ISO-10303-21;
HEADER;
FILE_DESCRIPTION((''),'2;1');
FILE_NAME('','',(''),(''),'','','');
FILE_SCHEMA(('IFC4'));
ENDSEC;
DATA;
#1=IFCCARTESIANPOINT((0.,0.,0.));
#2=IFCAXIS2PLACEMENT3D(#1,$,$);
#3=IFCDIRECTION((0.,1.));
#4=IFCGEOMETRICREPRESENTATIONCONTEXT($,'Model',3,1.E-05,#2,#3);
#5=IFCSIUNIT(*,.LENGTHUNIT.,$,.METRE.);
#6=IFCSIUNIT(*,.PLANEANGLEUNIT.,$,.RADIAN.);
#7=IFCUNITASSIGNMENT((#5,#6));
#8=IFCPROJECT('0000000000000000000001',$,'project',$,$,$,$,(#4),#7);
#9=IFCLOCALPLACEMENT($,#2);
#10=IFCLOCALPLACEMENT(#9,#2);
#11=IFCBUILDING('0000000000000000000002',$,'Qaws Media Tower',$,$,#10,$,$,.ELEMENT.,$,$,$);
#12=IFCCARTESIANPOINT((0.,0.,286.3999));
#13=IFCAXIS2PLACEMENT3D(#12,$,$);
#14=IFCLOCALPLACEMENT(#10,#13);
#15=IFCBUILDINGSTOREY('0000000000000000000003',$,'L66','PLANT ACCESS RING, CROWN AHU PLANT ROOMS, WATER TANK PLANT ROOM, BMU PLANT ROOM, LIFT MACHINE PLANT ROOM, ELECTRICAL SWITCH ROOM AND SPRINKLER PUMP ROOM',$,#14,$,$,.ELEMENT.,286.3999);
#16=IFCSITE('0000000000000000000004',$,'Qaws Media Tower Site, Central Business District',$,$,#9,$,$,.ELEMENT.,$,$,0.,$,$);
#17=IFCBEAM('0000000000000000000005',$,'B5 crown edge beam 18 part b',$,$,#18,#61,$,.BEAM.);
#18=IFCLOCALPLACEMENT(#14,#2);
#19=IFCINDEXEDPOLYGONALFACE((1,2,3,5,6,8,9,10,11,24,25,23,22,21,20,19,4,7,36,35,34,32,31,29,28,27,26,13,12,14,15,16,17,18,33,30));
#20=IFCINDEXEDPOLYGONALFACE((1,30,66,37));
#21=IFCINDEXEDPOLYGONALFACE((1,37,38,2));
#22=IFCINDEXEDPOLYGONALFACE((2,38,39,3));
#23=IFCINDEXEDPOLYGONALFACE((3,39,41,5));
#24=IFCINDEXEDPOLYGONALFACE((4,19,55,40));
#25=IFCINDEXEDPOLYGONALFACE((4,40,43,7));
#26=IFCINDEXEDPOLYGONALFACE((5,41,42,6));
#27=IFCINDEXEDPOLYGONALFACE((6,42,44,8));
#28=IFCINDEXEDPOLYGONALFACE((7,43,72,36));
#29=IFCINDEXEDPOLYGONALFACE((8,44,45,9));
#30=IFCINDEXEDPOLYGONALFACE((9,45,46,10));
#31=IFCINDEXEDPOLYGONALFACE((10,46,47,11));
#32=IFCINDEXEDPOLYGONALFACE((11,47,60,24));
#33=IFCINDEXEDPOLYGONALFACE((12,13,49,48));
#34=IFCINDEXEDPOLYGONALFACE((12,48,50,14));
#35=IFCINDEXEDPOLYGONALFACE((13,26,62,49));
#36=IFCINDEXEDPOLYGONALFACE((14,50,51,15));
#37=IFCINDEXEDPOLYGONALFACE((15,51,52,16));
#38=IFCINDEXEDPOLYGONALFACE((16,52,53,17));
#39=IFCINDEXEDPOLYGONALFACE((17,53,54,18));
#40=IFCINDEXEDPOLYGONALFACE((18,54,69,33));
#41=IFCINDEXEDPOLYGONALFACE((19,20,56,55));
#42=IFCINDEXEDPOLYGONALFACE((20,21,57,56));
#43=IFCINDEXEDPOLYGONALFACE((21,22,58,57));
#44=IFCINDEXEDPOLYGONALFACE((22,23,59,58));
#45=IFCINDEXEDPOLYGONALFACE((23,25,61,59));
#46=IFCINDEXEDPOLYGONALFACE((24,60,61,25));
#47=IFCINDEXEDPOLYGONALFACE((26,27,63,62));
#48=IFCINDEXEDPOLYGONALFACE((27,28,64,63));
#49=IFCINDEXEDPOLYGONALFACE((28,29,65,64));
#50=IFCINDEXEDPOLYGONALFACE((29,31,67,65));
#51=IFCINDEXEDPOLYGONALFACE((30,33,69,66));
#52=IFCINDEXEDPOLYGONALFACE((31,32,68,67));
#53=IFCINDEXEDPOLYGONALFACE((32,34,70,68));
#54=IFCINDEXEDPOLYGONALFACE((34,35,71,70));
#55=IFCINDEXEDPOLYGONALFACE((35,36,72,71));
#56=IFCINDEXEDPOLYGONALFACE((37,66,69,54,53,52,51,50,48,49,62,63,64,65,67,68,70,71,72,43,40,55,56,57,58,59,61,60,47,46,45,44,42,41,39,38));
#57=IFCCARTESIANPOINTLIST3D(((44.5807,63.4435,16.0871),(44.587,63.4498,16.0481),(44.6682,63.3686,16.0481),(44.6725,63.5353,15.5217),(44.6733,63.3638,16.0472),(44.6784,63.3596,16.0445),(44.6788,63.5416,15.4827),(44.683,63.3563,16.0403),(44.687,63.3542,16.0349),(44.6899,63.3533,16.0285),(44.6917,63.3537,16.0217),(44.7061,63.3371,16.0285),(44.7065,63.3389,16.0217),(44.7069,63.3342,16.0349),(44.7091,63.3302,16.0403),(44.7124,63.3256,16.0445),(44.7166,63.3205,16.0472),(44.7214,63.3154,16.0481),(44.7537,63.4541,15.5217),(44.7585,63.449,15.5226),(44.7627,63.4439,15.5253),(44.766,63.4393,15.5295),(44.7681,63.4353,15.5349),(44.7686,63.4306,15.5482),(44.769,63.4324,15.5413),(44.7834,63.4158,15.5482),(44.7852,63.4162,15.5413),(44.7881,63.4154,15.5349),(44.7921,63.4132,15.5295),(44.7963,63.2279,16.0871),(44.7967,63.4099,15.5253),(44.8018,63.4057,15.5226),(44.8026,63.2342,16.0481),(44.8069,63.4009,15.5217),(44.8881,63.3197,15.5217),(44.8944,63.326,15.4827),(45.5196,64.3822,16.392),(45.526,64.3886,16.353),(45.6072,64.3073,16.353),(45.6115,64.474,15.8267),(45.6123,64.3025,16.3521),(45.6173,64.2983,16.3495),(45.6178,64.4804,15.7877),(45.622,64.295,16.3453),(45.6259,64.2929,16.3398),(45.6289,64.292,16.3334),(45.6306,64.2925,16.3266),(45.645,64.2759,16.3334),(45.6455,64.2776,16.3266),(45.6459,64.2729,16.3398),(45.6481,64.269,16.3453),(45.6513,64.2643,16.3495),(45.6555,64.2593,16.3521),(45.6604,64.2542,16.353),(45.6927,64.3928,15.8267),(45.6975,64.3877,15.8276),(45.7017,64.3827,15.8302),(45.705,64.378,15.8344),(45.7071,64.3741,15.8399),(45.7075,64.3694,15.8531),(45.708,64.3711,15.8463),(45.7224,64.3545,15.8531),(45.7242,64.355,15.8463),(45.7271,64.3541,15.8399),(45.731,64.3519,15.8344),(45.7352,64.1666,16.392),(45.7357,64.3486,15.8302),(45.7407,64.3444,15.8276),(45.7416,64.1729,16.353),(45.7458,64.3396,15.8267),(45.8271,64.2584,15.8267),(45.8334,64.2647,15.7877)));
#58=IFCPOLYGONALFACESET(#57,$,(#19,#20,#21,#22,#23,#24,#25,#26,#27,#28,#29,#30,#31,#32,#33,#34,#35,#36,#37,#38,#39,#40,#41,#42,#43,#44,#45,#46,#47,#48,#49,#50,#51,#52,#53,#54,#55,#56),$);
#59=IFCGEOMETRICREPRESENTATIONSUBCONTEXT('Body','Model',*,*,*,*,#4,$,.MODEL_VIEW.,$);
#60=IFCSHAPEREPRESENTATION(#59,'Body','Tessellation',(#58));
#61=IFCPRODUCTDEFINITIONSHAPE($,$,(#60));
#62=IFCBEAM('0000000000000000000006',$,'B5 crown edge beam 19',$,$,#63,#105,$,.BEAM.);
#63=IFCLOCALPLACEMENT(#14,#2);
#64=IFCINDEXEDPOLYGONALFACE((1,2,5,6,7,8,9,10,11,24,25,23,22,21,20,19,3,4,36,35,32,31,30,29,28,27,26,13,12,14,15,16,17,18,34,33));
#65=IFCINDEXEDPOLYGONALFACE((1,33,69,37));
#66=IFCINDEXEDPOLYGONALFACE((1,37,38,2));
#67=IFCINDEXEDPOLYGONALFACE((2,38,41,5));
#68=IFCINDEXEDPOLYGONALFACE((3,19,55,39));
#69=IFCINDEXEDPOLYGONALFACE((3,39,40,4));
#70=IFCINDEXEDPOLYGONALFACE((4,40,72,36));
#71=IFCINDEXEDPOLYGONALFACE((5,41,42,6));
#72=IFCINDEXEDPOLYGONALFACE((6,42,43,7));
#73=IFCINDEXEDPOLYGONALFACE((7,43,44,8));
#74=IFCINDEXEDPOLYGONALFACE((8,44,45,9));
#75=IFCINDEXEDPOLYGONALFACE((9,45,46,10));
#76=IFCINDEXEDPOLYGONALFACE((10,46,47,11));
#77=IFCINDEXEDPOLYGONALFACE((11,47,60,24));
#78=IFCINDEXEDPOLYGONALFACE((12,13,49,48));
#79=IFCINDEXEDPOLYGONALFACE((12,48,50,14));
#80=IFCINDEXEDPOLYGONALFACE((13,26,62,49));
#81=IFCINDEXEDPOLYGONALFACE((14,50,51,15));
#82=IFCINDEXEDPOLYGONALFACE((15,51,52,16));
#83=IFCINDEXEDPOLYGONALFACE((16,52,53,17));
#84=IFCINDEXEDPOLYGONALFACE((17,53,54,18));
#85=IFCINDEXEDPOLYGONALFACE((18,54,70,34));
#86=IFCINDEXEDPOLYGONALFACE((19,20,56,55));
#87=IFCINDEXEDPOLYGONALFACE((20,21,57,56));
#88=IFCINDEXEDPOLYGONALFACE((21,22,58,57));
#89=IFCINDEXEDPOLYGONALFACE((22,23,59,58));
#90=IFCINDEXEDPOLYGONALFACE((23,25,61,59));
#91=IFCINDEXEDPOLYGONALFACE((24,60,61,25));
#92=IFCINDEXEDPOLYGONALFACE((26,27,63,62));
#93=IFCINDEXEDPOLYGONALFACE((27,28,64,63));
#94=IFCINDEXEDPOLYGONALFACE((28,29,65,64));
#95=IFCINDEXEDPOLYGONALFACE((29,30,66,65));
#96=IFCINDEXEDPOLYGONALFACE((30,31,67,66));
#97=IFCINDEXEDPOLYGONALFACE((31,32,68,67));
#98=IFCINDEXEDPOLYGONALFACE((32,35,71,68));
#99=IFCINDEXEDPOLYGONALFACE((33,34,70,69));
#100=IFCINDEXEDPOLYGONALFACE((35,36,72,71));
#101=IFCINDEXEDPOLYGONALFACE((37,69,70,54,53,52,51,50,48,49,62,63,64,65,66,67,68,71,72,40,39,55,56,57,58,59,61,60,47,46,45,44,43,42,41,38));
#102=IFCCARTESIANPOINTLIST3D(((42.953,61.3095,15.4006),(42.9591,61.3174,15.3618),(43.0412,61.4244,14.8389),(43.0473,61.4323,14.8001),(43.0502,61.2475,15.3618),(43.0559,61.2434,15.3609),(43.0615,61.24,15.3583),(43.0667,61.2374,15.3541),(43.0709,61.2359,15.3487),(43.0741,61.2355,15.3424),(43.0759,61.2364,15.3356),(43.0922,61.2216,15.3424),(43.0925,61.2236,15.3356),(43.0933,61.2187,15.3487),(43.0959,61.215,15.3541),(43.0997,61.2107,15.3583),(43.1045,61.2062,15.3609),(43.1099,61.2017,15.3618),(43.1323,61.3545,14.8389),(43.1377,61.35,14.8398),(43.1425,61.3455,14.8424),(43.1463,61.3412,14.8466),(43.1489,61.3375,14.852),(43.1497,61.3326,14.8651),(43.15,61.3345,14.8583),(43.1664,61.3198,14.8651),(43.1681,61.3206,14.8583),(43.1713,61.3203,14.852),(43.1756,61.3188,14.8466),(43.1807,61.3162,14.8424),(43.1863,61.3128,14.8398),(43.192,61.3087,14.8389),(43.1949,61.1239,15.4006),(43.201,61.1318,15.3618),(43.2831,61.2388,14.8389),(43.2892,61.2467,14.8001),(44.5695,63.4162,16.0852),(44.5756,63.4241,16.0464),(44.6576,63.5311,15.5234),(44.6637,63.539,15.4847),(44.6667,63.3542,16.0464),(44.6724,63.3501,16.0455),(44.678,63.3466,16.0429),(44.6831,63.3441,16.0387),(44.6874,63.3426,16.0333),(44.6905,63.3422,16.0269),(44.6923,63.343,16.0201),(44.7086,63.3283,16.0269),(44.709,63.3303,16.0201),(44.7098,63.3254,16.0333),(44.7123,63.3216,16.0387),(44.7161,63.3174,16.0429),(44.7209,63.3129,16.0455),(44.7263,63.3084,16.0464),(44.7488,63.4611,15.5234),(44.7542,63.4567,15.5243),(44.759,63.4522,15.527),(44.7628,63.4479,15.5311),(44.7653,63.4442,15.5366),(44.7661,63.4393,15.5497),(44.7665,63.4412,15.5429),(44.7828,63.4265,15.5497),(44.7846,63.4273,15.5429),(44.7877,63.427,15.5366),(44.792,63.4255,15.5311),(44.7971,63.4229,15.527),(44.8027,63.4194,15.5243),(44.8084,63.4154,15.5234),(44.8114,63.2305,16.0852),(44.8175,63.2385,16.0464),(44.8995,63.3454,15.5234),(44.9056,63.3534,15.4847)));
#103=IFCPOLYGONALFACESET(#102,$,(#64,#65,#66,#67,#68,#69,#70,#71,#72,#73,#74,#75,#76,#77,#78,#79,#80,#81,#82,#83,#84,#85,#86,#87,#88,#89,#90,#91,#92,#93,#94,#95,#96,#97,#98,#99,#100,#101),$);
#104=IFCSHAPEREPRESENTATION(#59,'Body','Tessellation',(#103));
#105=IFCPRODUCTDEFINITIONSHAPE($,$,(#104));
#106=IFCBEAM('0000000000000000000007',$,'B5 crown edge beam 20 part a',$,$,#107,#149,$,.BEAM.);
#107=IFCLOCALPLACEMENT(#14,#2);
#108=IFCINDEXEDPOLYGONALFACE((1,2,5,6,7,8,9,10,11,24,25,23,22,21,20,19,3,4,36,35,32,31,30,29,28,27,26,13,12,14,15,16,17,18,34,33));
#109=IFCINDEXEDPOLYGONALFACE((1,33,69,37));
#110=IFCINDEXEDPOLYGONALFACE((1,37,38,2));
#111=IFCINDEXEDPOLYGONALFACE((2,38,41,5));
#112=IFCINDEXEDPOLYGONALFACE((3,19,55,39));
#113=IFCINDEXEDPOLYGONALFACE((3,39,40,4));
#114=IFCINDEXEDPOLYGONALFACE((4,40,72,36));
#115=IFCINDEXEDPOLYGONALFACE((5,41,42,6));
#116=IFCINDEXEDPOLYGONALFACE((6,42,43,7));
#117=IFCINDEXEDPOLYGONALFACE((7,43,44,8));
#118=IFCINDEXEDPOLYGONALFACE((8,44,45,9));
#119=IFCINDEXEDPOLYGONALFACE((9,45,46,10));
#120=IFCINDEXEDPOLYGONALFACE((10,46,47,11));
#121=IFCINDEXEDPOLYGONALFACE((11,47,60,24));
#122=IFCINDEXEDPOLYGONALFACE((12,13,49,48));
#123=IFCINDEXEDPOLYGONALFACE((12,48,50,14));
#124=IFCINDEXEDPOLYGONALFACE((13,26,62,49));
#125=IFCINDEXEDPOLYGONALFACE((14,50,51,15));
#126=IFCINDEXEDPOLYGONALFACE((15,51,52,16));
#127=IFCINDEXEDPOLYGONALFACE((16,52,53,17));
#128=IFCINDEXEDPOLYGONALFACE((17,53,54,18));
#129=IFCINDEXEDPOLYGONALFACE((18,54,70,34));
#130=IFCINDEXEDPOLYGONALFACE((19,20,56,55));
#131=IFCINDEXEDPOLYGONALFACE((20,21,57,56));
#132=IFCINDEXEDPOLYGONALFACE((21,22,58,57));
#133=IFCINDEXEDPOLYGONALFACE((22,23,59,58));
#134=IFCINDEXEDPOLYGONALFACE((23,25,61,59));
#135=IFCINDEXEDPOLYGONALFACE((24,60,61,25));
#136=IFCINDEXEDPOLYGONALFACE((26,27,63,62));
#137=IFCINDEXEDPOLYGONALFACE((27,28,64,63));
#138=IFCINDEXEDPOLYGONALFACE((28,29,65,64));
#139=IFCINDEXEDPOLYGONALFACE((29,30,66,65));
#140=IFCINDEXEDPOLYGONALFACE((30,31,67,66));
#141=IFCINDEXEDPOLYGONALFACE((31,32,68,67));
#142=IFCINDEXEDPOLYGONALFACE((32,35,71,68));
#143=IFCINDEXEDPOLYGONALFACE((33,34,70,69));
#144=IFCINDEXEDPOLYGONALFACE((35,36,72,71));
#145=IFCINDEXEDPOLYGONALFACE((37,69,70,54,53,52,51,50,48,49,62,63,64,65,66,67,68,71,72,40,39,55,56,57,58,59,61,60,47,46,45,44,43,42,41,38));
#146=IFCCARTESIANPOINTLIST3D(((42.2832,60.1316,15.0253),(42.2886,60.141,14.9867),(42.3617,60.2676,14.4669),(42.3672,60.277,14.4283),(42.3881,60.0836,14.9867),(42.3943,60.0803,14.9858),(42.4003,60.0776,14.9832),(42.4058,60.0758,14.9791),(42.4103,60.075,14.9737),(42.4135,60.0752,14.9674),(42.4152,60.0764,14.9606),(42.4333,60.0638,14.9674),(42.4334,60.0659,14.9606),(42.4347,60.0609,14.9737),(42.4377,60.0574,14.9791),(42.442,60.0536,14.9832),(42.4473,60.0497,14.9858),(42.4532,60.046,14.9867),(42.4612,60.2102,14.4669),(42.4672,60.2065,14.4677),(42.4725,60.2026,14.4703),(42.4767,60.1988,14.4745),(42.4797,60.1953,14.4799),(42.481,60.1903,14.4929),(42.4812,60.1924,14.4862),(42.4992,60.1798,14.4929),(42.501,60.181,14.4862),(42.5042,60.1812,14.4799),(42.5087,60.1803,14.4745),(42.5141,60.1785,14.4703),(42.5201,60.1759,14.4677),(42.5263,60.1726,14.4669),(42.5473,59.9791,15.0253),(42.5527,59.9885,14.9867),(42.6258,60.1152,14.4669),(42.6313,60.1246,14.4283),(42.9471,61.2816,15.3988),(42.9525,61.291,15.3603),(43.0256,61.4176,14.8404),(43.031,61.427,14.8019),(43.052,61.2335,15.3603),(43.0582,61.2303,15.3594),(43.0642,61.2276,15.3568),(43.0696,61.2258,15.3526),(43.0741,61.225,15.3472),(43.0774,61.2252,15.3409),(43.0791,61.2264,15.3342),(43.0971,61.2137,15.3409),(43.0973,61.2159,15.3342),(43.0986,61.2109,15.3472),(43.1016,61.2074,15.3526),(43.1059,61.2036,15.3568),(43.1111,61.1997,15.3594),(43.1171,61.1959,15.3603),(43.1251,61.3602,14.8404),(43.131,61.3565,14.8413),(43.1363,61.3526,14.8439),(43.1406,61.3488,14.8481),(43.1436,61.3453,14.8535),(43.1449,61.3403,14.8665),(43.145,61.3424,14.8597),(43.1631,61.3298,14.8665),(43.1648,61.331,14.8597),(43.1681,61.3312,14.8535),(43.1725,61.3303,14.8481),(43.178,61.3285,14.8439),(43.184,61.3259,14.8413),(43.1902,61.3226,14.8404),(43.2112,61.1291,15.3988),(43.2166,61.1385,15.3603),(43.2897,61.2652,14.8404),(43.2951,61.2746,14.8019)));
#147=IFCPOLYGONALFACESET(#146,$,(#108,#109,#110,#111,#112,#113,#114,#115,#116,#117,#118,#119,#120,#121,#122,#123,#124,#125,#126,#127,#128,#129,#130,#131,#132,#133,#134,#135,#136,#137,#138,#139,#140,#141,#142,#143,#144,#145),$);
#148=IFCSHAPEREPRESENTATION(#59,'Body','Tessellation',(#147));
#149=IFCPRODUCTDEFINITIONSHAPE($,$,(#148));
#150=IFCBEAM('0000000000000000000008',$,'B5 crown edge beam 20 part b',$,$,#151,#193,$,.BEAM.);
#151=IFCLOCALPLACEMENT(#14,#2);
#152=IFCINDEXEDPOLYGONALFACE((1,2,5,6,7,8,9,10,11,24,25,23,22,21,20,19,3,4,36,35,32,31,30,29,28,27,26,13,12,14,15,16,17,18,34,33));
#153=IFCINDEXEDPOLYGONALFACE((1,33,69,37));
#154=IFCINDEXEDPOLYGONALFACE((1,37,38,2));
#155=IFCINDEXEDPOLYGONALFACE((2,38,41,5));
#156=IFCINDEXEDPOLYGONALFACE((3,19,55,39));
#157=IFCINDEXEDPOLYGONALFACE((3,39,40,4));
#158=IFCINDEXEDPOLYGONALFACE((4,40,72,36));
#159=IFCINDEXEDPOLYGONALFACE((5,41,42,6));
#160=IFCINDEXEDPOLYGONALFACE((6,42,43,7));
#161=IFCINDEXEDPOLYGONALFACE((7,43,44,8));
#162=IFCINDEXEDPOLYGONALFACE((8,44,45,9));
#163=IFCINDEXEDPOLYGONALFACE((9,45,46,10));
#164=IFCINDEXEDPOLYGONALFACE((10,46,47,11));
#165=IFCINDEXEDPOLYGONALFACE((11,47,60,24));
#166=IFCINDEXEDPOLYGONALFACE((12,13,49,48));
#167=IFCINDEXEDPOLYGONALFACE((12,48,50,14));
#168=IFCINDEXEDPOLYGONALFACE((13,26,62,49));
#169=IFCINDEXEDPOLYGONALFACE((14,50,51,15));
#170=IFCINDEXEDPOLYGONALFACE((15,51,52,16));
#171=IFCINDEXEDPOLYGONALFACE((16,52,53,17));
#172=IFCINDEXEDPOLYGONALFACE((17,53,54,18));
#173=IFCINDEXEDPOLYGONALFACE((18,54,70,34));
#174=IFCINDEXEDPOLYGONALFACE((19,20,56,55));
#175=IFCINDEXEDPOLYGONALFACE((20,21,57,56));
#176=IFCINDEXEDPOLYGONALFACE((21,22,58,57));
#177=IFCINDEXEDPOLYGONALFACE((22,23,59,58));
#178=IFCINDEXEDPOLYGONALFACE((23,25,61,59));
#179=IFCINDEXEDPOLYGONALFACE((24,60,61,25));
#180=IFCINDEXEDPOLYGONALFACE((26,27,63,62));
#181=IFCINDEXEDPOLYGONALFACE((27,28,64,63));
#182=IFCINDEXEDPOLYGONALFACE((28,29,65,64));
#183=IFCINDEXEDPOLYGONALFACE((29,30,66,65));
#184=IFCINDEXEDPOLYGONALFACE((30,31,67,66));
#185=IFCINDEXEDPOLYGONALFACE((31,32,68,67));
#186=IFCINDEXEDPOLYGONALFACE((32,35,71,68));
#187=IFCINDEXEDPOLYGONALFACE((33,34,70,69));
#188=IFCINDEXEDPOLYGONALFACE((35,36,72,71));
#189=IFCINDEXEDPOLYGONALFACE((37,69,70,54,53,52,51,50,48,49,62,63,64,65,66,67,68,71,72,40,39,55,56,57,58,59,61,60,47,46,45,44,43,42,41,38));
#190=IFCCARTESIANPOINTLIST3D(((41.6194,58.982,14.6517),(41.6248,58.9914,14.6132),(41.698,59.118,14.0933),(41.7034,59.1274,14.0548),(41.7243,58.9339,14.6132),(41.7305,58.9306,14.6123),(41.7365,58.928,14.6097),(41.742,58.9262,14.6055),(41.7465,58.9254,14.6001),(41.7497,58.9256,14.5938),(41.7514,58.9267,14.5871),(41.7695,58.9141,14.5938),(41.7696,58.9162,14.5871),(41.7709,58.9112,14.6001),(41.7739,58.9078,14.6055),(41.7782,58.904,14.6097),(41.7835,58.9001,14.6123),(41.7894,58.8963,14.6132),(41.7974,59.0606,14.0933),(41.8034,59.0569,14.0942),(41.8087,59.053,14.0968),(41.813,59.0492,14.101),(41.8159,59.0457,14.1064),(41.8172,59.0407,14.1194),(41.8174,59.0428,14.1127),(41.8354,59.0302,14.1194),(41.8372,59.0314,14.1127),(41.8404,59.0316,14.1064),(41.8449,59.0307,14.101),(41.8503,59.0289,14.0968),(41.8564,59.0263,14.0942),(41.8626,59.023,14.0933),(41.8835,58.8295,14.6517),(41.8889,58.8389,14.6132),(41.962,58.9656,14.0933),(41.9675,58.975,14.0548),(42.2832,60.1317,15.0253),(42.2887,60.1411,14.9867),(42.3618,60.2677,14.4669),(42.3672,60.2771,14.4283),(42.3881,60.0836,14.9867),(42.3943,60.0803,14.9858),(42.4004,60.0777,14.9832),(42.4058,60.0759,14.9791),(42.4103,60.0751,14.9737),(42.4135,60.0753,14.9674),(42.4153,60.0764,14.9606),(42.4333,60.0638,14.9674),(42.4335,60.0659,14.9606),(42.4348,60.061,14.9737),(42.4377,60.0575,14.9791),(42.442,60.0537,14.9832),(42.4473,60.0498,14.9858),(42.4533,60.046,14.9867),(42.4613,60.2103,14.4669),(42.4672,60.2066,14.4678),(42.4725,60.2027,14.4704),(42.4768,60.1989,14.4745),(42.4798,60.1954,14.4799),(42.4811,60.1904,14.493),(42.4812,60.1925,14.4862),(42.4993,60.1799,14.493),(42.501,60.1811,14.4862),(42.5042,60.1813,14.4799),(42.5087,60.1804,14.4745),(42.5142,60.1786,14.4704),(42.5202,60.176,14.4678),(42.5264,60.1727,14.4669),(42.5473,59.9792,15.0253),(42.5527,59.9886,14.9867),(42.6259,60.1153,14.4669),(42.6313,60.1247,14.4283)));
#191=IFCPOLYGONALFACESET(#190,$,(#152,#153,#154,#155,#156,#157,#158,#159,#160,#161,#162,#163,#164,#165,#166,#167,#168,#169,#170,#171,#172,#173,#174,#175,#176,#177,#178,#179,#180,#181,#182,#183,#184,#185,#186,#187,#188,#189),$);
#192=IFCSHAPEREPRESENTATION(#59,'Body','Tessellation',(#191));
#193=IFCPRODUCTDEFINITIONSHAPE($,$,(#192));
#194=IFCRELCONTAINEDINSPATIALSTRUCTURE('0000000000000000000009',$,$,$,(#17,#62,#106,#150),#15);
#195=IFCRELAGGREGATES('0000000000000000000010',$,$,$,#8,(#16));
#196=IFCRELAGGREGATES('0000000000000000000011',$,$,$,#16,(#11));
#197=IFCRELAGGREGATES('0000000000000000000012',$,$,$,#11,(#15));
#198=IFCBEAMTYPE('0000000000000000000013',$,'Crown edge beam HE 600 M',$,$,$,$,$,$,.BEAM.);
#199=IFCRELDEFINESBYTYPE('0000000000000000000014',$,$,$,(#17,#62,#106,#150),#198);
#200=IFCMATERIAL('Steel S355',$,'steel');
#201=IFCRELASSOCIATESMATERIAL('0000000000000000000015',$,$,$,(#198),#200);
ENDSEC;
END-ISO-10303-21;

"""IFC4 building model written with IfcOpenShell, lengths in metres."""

from ifc_helpers import new_model, si_unit, direction, frame, origin, origin_2d, place, context, subcontext, project, spatial, i_section, extrude, material, material_profile, profile_set, type_object, element, save


model = new_model("IFC4")

# Units and contexts
model_context = context("Model", 3, precision=1e-05, world=origin(), true_north=direction((0.0, 1.0)))
body_context = subcontext(model_context, "Body", "Model", "MODEL_VIEW")
ifc_project = project(units=[si_unit("LENGTHUNIT", "METRE"), si_unit("PLANEANGLEUNIT", "RADIAN")], contexts=[model_context])

# Site, building, storey
site_placement = place(None, origin())
site = spatial("IfcSite", under=ifc_project, at=site_placement, Name="Qaws Media Tower Site, Central Business District", CompositionType="ELEMENT", RefElevation=0.0)
building_placement = place(site_placement, origin())
building = spatial("IfcBuilding", under=site, at=building_placement, Name="Qaws Media Tower", CompositionType="ELEMENT")
storey_placement = place(building_placement, frame((0.0, 0.0, 286.3999)))
storey = spatial("IfcBuildingStorey", under=building, at=storey_placement, Name="L66", Description="PLANT ACCESS RING, CROWN AHU PLANT ROOMS, WATER TANK PLANT ROOM, BMU PLANT ROOM, LIFT MACHINE PLANT ROOM, ELECTRICAL SWITCH ROOM AND SPRINKLER PUMP ROOM", CompositionType="ELEMENT", Elevation=286.3999)

# Beams
ifc_material_1 = material(Name="Steel S355", Category="steel")
ifc_material_profile_1 = material_profile(ifc_material_1, i_section(OverallWidth=0.3049, OverallDepth=0.6201, WebThickness=0.021, FlangeThickness=0.04, FilletRadius=0.0271, at=origin_2d()), Name="HE 600 M")
ifc_profile_set_1 = profile_set([ifc_material_profile_1], Name="Steel S355")
beam_type_1 = type_object("IfcBeamType", Name="Crown edge beam HE 600 M", PredefinedType="BEAM", material=ifc_profile_set_1)
for number, where, z_axis, x_axis, name in (
    (1, (45.6765, 64.3235, 16.0898), (-0.689255, -0.689075, -0.223837), (0.707015, -0.707199, 0.0), "B5 crown edge beam 18 part b"),
):
    element("IfcBeam", number, at=place(storey_placement, frame(where, z_axis=z_axis, x_axis=x_axis)), inside=storey, type_object=beam_type_1, Name=name, PredefinedType="BEAM", context=body_context, shape_type="SweptSolid", body=[
        extrude(i_section(OverallWidth=0.3049, OverallDepth=0.6201, WebThickness=0.021, FlangeThickness=0.04, FilletRadius=0.0271, at=origin_2d()), origin(), (0.0, 0.0, 1.0), 1.3623),
    ])
beam_1_placement = place(storey_placement, frame((44.7375, 63.3848, 15.7849), z_axis=(-0.589472, -0.768246, -0.249642), x_axis=(0.793365, -0.608746, 0.0)))
element("IfcBeam", 2, at=beam_1_placement, inside=storey, type_object=beam_type_1, Name="B5 crown edge beam 19", PredefinedType="BEAM", context=body_context, shape_type="SweptSolid", body=[
    extrude(i_section(OverallWidth=0.3049, OverallDepth=0.6201, WebThickness=0.021, FlangeThickness=0.04, FilletRadius=0.0271, at=origin_2d()), origin(), (0.0, 0.0, 1.0), 2.7422),
])
beam_2_placement = place(storey_placement, frame((43.1211, 61.2781, 15.1003), z_axis=(-0.481273, -0.833688, -0.270816), x_axis=(0.866051, -0.499956, 0.0)))
element("IfcBeam", 3, at=beam_2_placement, inside=storey, type_object=beam_type_1, Name="B5 crown edge beam 20 part a", PredefinedType="BEAM", context=body_context, shape_type="SweptSolid", body=[
    extrude(i_section(OverallWidth=0.3049, OverallDepth=0.6201, WebThickness=0.021, FlangeThickness=0.04, FilletRadius=0.0271, at=origin_2d()), origin(), (0.0, 0.0, 1.0), 1.3794),
])
beam_3_placement = place(storey_placement, frame((42.4573, 60.1282, 14.7268), z_axis=(-0.481344, -0.833634, -0.270856), x_axis=(0.866005, -0.500036, 0.0)))
element("IfcBeam", 4, at=beam_3_placement, inside=storey, type_object=beam_type_1, Name="B5 crown edge beam 20 part b", PredefinedType="BEAM", context=body_context, shape_type="SweptSolid", body=[
    extrude(i_section(OverallWidth=0.3049, OverallDepth=0.6201, WebThickness=0.021, FlangeThickness=0.04, FilletRadius=0.0271, at=origin_2d()), origin(), (0.0, 0.0, 1.0), 1.3792),
])

save(model, "model.ifc")
